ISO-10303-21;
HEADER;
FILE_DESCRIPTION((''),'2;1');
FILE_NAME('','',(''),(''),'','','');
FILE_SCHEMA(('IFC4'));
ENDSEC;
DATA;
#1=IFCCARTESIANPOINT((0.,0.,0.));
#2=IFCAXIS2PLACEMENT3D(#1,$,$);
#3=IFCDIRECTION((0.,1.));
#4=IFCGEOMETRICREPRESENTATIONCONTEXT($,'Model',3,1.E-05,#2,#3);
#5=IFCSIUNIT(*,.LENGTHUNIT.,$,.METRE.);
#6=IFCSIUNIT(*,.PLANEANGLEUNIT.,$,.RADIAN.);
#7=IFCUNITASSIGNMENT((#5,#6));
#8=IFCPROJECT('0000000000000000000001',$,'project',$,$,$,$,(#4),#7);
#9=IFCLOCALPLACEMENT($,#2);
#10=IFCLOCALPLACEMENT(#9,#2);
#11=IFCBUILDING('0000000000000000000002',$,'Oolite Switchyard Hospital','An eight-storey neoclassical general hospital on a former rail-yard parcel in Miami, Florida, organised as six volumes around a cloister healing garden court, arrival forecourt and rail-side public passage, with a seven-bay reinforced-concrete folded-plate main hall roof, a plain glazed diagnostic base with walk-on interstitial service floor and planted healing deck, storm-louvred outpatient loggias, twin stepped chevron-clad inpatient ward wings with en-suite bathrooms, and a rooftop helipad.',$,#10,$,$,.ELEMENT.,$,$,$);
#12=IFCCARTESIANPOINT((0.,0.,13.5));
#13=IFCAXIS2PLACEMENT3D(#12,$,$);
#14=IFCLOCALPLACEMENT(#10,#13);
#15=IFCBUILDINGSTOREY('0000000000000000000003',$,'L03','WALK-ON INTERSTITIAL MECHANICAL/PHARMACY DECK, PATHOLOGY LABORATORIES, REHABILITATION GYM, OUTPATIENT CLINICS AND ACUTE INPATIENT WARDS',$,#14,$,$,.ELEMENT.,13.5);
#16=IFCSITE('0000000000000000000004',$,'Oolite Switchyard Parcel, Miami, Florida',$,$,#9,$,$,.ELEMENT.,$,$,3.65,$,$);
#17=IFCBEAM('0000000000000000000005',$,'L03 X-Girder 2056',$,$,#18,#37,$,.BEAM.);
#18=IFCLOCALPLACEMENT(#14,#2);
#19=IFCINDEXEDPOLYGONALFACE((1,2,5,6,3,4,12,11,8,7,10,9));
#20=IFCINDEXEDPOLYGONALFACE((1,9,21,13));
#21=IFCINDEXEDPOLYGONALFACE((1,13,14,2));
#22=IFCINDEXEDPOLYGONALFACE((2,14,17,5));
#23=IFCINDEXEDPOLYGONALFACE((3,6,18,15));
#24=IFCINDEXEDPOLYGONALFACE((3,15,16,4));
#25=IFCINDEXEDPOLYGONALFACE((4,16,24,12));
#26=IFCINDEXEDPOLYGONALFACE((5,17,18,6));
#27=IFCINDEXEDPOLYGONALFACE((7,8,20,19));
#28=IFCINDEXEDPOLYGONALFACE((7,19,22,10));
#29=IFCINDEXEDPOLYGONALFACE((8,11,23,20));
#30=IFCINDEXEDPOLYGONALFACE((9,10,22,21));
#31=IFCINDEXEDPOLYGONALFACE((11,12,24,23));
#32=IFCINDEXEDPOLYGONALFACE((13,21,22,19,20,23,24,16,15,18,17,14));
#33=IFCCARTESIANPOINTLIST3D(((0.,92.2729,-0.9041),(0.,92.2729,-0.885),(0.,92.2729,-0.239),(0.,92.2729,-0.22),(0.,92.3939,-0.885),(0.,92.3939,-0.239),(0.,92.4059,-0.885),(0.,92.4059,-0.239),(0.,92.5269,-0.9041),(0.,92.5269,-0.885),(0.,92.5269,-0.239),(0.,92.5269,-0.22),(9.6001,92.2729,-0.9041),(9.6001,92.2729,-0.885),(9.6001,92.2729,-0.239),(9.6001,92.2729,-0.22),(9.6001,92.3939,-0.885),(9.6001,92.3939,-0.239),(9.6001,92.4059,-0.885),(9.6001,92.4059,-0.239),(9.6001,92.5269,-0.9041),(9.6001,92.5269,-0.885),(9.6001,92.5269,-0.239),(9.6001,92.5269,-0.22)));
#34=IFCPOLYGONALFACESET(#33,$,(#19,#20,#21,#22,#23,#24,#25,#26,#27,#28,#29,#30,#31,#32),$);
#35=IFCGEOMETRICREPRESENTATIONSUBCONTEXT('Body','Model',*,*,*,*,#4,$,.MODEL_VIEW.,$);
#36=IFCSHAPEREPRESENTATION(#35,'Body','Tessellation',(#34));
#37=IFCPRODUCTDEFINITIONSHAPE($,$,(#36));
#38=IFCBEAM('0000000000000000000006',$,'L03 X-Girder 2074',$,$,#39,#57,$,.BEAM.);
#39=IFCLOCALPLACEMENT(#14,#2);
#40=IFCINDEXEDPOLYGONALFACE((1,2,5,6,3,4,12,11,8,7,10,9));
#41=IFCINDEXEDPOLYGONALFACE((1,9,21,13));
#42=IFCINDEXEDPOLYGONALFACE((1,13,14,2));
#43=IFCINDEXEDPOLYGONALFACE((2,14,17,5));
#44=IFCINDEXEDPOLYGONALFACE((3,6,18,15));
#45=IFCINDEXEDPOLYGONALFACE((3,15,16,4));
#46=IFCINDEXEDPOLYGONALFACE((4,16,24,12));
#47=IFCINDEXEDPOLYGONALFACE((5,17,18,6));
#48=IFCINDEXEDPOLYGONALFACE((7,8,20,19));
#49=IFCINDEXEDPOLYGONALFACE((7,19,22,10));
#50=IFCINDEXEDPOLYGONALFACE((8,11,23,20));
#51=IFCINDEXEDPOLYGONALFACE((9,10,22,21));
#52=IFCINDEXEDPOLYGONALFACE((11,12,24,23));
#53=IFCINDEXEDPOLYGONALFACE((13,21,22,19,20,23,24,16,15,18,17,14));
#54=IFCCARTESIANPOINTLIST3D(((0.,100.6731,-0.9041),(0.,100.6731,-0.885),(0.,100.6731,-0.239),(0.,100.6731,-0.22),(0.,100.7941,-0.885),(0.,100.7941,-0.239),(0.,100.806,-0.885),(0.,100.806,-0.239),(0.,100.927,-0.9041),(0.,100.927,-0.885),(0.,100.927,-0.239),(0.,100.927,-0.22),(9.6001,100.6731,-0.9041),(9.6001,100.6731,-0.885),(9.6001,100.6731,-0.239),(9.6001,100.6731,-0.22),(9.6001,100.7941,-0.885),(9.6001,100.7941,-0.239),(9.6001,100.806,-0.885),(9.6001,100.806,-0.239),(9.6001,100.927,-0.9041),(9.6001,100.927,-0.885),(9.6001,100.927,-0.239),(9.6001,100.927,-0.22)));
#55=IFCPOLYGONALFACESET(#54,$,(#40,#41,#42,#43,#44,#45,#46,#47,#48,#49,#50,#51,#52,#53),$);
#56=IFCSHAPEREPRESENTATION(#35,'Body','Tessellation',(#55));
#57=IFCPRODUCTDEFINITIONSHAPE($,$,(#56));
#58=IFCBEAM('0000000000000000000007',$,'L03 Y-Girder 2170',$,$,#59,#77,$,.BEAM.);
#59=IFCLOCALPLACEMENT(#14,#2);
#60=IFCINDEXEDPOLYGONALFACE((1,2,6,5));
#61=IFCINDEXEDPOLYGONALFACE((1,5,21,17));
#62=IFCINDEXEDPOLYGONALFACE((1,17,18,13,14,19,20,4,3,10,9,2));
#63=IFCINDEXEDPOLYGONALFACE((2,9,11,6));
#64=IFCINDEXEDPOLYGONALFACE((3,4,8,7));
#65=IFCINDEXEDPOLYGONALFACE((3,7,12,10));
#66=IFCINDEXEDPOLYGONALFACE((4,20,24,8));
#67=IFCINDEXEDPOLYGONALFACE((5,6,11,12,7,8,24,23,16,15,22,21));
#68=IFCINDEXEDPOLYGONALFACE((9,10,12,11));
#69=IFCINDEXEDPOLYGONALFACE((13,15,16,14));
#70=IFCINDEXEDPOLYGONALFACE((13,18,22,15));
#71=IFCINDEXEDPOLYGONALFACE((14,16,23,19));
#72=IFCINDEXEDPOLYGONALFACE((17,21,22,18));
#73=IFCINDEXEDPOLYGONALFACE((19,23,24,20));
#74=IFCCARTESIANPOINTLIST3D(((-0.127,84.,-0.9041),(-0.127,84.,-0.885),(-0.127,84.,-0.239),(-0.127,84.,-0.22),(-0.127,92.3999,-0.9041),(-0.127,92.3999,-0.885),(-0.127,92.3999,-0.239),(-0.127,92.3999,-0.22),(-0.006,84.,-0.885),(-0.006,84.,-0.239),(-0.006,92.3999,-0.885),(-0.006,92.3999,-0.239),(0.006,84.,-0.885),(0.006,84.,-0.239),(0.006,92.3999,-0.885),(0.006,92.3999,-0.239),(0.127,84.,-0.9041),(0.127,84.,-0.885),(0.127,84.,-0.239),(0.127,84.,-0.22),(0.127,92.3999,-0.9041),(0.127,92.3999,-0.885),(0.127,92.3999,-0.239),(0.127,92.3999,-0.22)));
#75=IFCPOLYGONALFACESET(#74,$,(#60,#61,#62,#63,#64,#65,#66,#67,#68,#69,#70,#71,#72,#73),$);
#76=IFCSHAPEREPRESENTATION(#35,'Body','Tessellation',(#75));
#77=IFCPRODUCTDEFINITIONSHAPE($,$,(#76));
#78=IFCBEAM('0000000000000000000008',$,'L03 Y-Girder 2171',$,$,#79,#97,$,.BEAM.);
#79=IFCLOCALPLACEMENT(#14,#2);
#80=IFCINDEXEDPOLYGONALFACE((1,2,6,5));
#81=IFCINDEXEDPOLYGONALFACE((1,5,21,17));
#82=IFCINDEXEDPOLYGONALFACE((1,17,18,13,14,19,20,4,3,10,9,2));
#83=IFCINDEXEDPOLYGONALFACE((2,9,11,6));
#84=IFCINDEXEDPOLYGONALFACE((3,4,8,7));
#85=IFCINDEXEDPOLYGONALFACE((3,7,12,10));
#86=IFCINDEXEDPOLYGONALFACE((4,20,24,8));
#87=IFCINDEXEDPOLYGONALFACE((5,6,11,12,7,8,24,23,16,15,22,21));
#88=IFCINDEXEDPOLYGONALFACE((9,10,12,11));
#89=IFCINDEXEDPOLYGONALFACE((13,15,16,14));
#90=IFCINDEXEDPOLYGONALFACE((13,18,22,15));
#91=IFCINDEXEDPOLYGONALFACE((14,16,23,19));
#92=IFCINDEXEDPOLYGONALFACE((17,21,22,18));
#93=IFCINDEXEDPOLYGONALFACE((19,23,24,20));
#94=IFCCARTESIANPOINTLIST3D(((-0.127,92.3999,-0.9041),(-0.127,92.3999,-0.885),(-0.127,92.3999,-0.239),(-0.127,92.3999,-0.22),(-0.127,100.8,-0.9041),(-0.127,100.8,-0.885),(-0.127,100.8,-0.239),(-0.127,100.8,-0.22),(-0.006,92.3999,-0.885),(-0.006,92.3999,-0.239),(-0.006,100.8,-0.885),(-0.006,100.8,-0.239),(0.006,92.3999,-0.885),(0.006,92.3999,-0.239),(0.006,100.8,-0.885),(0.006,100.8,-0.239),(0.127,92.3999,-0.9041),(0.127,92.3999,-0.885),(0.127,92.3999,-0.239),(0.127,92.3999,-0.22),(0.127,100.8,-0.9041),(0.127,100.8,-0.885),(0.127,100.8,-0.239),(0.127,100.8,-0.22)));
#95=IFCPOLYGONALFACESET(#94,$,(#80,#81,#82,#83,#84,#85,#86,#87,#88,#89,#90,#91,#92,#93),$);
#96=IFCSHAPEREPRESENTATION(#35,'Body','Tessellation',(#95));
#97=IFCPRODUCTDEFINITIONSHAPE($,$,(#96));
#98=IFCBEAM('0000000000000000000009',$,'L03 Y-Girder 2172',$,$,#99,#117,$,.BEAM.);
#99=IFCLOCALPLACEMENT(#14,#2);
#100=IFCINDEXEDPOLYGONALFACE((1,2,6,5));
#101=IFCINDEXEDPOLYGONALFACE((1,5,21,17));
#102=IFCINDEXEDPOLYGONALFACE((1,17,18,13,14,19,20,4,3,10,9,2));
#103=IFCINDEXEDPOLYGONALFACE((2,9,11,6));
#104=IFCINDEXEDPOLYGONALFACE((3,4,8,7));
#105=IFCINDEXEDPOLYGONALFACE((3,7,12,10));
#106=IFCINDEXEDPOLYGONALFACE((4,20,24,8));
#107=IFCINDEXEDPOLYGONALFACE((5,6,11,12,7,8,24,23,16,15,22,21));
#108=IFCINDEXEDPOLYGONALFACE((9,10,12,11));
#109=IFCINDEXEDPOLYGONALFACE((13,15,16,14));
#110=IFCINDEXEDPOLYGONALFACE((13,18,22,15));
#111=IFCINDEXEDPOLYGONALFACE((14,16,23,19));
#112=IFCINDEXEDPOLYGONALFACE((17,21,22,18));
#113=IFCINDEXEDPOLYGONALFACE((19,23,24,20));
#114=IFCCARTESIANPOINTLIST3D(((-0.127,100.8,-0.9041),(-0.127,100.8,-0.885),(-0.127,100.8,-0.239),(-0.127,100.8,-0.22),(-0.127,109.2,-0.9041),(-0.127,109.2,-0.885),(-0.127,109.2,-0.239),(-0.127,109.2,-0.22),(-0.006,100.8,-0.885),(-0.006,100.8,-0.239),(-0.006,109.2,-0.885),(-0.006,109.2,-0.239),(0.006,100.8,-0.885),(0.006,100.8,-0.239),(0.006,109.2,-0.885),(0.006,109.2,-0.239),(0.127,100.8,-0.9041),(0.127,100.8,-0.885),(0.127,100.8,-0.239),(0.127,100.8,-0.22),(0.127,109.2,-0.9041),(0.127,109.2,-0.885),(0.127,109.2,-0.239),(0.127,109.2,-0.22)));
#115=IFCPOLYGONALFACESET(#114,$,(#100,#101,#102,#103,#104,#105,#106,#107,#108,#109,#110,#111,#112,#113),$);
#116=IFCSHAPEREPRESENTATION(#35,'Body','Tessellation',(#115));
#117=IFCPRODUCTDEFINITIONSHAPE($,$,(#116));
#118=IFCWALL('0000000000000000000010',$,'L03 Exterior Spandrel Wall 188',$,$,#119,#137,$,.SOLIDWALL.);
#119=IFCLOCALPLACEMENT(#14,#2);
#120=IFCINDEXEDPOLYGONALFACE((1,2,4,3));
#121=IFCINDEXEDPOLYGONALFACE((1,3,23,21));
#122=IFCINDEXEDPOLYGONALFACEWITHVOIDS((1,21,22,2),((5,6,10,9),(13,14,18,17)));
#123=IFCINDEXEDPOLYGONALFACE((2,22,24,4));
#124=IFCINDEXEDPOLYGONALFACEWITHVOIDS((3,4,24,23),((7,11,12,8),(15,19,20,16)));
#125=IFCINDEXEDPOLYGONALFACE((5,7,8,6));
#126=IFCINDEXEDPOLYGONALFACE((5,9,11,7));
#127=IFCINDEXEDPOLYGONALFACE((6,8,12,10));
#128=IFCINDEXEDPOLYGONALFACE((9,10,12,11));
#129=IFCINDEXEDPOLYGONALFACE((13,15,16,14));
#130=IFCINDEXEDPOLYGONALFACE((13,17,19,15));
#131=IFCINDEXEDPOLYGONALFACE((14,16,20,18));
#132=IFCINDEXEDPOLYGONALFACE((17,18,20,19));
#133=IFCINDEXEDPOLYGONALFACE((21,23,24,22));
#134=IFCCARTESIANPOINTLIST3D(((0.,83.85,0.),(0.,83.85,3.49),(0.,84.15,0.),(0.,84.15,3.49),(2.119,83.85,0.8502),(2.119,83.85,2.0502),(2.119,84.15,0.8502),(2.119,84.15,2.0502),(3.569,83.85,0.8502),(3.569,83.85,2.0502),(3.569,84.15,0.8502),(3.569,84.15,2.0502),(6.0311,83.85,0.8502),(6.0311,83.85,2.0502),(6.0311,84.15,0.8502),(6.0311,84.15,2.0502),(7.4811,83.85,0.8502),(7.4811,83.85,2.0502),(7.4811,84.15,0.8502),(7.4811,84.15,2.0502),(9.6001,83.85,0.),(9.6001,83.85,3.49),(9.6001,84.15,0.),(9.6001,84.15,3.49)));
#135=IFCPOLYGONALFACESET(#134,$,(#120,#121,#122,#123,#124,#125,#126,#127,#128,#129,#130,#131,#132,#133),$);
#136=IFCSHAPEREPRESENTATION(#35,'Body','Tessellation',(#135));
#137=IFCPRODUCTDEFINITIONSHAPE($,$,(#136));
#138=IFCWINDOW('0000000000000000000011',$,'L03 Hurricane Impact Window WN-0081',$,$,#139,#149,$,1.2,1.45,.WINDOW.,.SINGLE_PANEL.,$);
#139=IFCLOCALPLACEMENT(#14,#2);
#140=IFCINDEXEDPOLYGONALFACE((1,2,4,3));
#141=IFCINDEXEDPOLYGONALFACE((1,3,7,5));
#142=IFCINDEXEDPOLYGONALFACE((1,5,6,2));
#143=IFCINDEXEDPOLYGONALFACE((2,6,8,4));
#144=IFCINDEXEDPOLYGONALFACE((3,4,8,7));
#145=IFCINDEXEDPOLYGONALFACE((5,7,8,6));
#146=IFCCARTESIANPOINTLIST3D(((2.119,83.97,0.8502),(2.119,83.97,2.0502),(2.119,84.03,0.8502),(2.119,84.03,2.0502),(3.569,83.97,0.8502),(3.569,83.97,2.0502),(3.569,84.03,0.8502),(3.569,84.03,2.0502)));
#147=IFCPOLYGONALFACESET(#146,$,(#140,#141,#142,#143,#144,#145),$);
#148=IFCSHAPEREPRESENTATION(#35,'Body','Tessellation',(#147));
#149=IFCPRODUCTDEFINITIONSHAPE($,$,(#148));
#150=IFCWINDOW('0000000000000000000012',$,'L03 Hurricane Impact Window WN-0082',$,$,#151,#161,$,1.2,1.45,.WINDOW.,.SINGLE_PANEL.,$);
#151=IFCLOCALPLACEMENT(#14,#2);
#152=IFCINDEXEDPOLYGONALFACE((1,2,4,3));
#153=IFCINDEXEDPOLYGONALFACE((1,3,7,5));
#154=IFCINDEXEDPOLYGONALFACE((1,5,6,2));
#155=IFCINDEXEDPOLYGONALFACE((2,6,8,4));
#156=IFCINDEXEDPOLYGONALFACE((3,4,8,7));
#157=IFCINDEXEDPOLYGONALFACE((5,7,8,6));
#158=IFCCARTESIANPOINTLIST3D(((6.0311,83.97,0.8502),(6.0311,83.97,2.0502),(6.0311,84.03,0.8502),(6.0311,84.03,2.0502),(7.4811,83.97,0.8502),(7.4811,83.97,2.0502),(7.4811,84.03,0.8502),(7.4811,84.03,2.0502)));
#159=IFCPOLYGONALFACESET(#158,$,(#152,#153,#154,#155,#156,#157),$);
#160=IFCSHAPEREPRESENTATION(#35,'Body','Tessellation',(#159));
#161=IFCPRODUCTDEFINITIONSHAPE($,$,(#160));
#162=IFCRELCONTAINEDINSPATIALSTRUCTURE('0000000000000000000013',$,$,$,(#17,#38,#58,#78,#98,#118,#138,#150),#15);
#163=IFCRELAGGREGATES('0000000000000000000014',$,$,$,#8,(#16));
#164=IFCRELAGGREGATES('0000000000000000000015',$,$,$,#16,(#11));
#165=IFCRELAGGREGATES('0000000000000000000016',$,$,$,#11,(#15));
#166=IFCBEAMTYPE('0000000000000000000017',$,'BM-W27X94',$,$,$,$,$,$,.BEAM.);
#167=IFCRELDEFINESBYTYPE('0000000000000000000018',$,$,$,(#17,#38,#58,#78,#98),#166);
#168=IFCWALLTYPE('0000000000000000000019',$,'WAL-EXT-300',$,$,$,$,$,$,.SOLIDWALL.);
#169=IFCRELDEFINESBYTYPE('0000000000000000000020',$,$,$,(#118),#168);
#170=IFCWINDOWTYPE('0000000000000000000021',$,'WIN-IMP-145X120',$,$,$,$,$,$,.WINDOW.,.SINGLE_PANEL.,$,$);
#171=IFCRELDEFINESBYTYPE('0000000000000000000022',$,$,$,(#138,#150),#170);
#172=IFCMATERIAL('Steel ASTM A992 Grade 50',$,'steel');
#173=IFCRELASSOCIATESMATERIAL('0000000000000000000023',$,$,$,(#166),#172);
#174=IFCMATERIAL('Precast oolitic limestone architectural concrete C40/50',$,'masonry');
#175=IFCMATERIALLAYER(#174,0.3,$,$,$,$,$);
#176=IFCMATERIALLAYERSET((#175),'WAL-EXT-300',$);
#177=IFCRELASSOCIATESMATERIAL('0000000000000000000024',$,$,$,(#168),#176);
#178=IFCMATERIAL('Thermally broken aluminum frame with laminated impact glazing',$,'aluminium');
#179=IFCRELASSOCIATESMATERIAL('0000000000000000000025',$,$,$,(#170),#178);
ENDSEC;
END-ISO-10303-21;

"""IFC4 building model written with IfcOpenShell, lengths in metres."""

from ifc_helpers import new_model, si_unit, direction, frame, frame_2d, origin, origin_2d, place, context, subcontext, project, spatial, rectangle, i_section, extrude, material, layer, layer_set, material_profile, profile_set, type_object, element, fill, save


model = new_model("IFC4")

# Units and contexts
model_context = context("Model", 3, precision=1e-05, world=origin(), true_north=direction((0.0, 1.0)))
body_context = subcontext(model_context, "Body", "Model", "MODEL_VIEW")
ifc_project = project(units=[si_unit("LENGTHUNIT", "METRE"), si_unit("PLANEANGLEUNIT", "RADIAN")], contexts=[model_context])

# Site, building, storey
site_placement = place(None, origin())
site = spatial("IfcSite", under=ifc_project, at=site_placement, Name="Oolite Switchyard Parcel, Miami, Florida", CompositionType="ELEMENT", RefElevation=3.65)
building_placement = place(site_placement, origin())
building = spatial("IfcBuilding", under=site, at=building_placement, Name="Oolite Switchyard Hospital", Description="An eight-storey neoclassical general hospital on a former rail-yard parcel in Miami, Florida, organised as six volumes around a cloister healing garden court, arrival forecourt and rail-side public passage, with a seven-bay reinforced-concrete folded-plate main hall roof, a plain glazed diagnostic base with walk-on interstitial service floor and planted healing deck, storm-louvred outpatient loggias, twin stepped chevron-clad inpatient ward wings with en-suite bathrooms, and a rooftop helipad.", CompositionType="ELEMENT")
storey_placement = place(building_placement, frame((0.0, 0.0, 13.5)))
storey = spatial("IfcBuildingStorey", under=building, at=storey_placement, Name="L03", Description="WALK-ON INTERSTITIAL MECHANICAL/PHARMACY DECK, PATHOLOGY LABORATORIES, REHABILITATION GYM, OUTPATIENT CLINICS AND ACUTE INPATIENT WARDS", CompositionType="ELEMENT", Elevation=13.5)

# Beams
ifc_material_1 = material(Name="Steel ASTM A992 Grade 50", Category="steel")
ifc_material_profile_1 = material_profile(ifc_material_1, i_section(OverallWidth=0.2539, OverallDepth=0.6841, WebThickness=0.012, FlangeThickness=0.019, at=origin_2d()), Name="W27X94")
ifc_profile_set_1 = profile_set([ifc_material_profile_1], Name="Steel ASTM A992 Grade 50")
beam_type_1 = type_object("IfcBeamType", Name="BM-W27X94", PredefinedType="BEAM", material=ifc_profile_set_1)
for number, where, z_axis, x_axis, name in (
    (1, (0.0, 92.3999, -0.562), (1.0, 0.0, 0.0), (0.0, 1.0, 0.0), "L03 X-Girder 2056"),
    (2, (0.0, 100.8, -0.562), (1.0, 0.0, 0.0), (0.0, 1.0, 0.0), "L03 X-Girder 2074"),
):
    element("IfcBeam", number, at=place(storey_placement, frame(where, z_axis=z_axis, x_axis=x_axis)), inside=storey, type_object=beam_type_1, Name=name, PredefinedType="BEAM", context=body_context, shape_type="SweptSolid", body=[
        extrude(i_section(OverallWidth=0.2539, OverallDepth=0.6841, WebThickness=0.012, FlangeThickness=0.019, at=origin_2d()), origin(), (0.0, 0.0, 1.0), 9.6001),
    ])
beam_1_placement = place(storey_placement, frame((0.0, 84.0, -0.562), z_axis=(0.0, 1.0, 0.0), x_axis=(-1.0, 0.0, 0.0)))
element("IfcBeam", 3, at=beam_1_placement, inside=storey, type_object=beam_type_1, Name="L03 Y-Girder 2170", PredefinedType="BEAM", context=body_context, shape_type="SweptSolid", body=[
    extrude(i_section(OverallWidth=0.2539, OverallDepth=0.6841, WebThickness=0.012, FlangeThickness=0.019, at=origin_2d()), origin(), (0.0, 0.0, 1.0), 8.3999),
])
beam_2_placement = place(storey_placement, frame((0.0, 92.3999, -0.562), z_axis=(0.0, 1.0, 0.0), x_axis=(-1.0, 0.0, 0.0)))
element("IfcBeam", 4, at=beam_2_placement, inside=storey, type_object=beam_type_1, Name="L03 Y-Girder 2171", PredefinedType="BEAM", context=body_context, shape_type="SweptSolid", body=[
    extrude(i_section(OverallWidth=0.2539, OverallDepth=0.6841, WebThickness=0.012, FlangeThickness=0.019, at=origin_2d()), origin(), (0.0, 0.0, 1.0), 8.4001),
])
beam_3_placement = place(storey_placement, frame((0.0, 100.8, -0.562), z_axis=(0.0, 1.0, 0.0), x_axis=(-1.0, 0.0, 0.0)))
element("IfcBeam", 5, at=beam_3_placement, inside=storey, type_object=beam_type_1, Name="L03 Y-Girder 2172", PredefinedType="BEAM", context=body_context, shape_type="SweptSolid", body=[
    extrude(i_section(OverallWidth=0.2539, OverallDepth=0.6841, WebThickness=0.012, FlangeThickness=0.019, at=origin_2d()), origin(), (0.0, 0.0, 1.0), 8.3999),
])

# Wall, openings, windows
ifc_material_2 = material(Name="Precast oolitic limestone architectural concrete C40/50", Category="masonry")
ifc_layer_1 = layer(ifc_material_2, 0.3)
ifc_layer_set_1 = layer_set([ifc_layer_1], Name="WAL-EXT-300")
wall_type_1 = type_object("IfcWallType", Name="WAL-EXT-300", PredefinedType="SOLIDWALL", material=ifc_layer_set_1)
wall_1_placement = place(storey_placement, frame((0.0, 84.0, 0.0), z_axis=(0.0, 0.0, 1.0), x_axis=(1.0, 0.0, 0.0)))
wall_1 = element("IfcWall", 6, at=wall_1_placement, inside=storey, type_object=wall_type_1, Name="L03 Exterior Spandrel Wall 188", PredefinedType="SOLIDWALL", context=body_context, shape_type="SweptSolid", body=[
    extrude(rectangle(XDim=9.6001, YDim=0.3, at=frame_2d((4.8, 0.0))), origin(), (0.0, 0.0, 1.0), 3.49),
])
opening_1_placement = place(wall_1_placement, frame((2.1189, 0.0, 0.8501)))
opening_1 = element("IfcOpeningElement", 7, at=opening_1_placement, cuts=wall_1, PredefinedType="OPENING", context=body_context, shape_type="SweptSolid", body=[
    extrude(rectangle(XDim=1.45, YDim=1.2, at=frame_2d((0.7251, 0.6001))), frame((0.0, 0.1602, 0.0), z_axis=(0.0, -1.0, 0.0), x_axis=(1.0, 0.0, 0.0)), (0.0, 0.0, 1.0), 0.3201),
])
opening_2_placement = place(wall_1_placement, frame((6.031, 0.0, 0.8501)))
opening_2 = element("IfcOpeningElement", 8, at=opening_2_placement, cuts=wall_1, PredefinedType="OPENING", context=body_context, shape_type="SweptSolid", body=[
    extrude(rectangle(XDim=1.45, YDim=1.2, at=frame_2d((0.7251, 0.6001))), frame((0.0, 0.1602, 0.0), z_axis=(0.0, -1.0, 0.0), x_axis=(1.0, 0.0, 0.0)), (0.0, 0.0, 1.0), 0.3201),
])
ifc_material_3 = material(Name="Thermally broken aluminum frame with laminated impact glazing", Category="aluminium")
window_type_1 = type_object("IfcWindowType", Name="WIN-IMP-145X120", PartitioningType="SINGLE_PANEL", PredefinedType="WINDOW", material=ifc_material_3)
window_1_placement = place(opening_1_placement, origin())
window_1 = element("IfcWindow", 9, at=window_1_placement, inside=storey, type_object=window_type_1, Name="L03 Hurricane Impact Window WN-0081", OverallHeight=1.2, OverallWidth=1.45, PartitioningType="SINGLE_PANEL", PredefinedType="WINDOW", context=body_context, shape_type="SweptSolid", body=[
    extrude(rectangle(XDim=1.45, YDim=1.2, at=frame_2d((0.7251, 0.6001))), frame((0.0, 0.03, 0.0), z_axis=(0.0, -1.0, 0.0), x_axis=(1.0, 0.0, 0.0)), (0.0, 0.0, 1.0), 0.0601),
])
fill(opening_1, window_1)
window_2_placement = place(opening_2_placement, origin())
window_2 = element("IfcWindow", 10, at=window_2_placement, inside=storey, type_object=window_type_1, Name="L03 Hurricane Impact Window WN-0082", OverallHeight=1.2, OverallWidth=1.45, PartitioningType="SINGLE_PANEL", PredefinedType="WINDOW", context=body_context, shape_type="SweptSolid", body=[
    extrude(rectangle(XDim=1.45, YDim=1.2, at=frame_2d((0.7251, 0.6001))), frame((0.0, 0.03, 0.0), z_axis=(0.0, -1.0, 0.0), x_axis=(1.0, 0.0, 0.0)), (0.0, 0.0, 1.0), 0.0601),
])
fill(opening_2, window_2)

save(model, "model.ifc")
